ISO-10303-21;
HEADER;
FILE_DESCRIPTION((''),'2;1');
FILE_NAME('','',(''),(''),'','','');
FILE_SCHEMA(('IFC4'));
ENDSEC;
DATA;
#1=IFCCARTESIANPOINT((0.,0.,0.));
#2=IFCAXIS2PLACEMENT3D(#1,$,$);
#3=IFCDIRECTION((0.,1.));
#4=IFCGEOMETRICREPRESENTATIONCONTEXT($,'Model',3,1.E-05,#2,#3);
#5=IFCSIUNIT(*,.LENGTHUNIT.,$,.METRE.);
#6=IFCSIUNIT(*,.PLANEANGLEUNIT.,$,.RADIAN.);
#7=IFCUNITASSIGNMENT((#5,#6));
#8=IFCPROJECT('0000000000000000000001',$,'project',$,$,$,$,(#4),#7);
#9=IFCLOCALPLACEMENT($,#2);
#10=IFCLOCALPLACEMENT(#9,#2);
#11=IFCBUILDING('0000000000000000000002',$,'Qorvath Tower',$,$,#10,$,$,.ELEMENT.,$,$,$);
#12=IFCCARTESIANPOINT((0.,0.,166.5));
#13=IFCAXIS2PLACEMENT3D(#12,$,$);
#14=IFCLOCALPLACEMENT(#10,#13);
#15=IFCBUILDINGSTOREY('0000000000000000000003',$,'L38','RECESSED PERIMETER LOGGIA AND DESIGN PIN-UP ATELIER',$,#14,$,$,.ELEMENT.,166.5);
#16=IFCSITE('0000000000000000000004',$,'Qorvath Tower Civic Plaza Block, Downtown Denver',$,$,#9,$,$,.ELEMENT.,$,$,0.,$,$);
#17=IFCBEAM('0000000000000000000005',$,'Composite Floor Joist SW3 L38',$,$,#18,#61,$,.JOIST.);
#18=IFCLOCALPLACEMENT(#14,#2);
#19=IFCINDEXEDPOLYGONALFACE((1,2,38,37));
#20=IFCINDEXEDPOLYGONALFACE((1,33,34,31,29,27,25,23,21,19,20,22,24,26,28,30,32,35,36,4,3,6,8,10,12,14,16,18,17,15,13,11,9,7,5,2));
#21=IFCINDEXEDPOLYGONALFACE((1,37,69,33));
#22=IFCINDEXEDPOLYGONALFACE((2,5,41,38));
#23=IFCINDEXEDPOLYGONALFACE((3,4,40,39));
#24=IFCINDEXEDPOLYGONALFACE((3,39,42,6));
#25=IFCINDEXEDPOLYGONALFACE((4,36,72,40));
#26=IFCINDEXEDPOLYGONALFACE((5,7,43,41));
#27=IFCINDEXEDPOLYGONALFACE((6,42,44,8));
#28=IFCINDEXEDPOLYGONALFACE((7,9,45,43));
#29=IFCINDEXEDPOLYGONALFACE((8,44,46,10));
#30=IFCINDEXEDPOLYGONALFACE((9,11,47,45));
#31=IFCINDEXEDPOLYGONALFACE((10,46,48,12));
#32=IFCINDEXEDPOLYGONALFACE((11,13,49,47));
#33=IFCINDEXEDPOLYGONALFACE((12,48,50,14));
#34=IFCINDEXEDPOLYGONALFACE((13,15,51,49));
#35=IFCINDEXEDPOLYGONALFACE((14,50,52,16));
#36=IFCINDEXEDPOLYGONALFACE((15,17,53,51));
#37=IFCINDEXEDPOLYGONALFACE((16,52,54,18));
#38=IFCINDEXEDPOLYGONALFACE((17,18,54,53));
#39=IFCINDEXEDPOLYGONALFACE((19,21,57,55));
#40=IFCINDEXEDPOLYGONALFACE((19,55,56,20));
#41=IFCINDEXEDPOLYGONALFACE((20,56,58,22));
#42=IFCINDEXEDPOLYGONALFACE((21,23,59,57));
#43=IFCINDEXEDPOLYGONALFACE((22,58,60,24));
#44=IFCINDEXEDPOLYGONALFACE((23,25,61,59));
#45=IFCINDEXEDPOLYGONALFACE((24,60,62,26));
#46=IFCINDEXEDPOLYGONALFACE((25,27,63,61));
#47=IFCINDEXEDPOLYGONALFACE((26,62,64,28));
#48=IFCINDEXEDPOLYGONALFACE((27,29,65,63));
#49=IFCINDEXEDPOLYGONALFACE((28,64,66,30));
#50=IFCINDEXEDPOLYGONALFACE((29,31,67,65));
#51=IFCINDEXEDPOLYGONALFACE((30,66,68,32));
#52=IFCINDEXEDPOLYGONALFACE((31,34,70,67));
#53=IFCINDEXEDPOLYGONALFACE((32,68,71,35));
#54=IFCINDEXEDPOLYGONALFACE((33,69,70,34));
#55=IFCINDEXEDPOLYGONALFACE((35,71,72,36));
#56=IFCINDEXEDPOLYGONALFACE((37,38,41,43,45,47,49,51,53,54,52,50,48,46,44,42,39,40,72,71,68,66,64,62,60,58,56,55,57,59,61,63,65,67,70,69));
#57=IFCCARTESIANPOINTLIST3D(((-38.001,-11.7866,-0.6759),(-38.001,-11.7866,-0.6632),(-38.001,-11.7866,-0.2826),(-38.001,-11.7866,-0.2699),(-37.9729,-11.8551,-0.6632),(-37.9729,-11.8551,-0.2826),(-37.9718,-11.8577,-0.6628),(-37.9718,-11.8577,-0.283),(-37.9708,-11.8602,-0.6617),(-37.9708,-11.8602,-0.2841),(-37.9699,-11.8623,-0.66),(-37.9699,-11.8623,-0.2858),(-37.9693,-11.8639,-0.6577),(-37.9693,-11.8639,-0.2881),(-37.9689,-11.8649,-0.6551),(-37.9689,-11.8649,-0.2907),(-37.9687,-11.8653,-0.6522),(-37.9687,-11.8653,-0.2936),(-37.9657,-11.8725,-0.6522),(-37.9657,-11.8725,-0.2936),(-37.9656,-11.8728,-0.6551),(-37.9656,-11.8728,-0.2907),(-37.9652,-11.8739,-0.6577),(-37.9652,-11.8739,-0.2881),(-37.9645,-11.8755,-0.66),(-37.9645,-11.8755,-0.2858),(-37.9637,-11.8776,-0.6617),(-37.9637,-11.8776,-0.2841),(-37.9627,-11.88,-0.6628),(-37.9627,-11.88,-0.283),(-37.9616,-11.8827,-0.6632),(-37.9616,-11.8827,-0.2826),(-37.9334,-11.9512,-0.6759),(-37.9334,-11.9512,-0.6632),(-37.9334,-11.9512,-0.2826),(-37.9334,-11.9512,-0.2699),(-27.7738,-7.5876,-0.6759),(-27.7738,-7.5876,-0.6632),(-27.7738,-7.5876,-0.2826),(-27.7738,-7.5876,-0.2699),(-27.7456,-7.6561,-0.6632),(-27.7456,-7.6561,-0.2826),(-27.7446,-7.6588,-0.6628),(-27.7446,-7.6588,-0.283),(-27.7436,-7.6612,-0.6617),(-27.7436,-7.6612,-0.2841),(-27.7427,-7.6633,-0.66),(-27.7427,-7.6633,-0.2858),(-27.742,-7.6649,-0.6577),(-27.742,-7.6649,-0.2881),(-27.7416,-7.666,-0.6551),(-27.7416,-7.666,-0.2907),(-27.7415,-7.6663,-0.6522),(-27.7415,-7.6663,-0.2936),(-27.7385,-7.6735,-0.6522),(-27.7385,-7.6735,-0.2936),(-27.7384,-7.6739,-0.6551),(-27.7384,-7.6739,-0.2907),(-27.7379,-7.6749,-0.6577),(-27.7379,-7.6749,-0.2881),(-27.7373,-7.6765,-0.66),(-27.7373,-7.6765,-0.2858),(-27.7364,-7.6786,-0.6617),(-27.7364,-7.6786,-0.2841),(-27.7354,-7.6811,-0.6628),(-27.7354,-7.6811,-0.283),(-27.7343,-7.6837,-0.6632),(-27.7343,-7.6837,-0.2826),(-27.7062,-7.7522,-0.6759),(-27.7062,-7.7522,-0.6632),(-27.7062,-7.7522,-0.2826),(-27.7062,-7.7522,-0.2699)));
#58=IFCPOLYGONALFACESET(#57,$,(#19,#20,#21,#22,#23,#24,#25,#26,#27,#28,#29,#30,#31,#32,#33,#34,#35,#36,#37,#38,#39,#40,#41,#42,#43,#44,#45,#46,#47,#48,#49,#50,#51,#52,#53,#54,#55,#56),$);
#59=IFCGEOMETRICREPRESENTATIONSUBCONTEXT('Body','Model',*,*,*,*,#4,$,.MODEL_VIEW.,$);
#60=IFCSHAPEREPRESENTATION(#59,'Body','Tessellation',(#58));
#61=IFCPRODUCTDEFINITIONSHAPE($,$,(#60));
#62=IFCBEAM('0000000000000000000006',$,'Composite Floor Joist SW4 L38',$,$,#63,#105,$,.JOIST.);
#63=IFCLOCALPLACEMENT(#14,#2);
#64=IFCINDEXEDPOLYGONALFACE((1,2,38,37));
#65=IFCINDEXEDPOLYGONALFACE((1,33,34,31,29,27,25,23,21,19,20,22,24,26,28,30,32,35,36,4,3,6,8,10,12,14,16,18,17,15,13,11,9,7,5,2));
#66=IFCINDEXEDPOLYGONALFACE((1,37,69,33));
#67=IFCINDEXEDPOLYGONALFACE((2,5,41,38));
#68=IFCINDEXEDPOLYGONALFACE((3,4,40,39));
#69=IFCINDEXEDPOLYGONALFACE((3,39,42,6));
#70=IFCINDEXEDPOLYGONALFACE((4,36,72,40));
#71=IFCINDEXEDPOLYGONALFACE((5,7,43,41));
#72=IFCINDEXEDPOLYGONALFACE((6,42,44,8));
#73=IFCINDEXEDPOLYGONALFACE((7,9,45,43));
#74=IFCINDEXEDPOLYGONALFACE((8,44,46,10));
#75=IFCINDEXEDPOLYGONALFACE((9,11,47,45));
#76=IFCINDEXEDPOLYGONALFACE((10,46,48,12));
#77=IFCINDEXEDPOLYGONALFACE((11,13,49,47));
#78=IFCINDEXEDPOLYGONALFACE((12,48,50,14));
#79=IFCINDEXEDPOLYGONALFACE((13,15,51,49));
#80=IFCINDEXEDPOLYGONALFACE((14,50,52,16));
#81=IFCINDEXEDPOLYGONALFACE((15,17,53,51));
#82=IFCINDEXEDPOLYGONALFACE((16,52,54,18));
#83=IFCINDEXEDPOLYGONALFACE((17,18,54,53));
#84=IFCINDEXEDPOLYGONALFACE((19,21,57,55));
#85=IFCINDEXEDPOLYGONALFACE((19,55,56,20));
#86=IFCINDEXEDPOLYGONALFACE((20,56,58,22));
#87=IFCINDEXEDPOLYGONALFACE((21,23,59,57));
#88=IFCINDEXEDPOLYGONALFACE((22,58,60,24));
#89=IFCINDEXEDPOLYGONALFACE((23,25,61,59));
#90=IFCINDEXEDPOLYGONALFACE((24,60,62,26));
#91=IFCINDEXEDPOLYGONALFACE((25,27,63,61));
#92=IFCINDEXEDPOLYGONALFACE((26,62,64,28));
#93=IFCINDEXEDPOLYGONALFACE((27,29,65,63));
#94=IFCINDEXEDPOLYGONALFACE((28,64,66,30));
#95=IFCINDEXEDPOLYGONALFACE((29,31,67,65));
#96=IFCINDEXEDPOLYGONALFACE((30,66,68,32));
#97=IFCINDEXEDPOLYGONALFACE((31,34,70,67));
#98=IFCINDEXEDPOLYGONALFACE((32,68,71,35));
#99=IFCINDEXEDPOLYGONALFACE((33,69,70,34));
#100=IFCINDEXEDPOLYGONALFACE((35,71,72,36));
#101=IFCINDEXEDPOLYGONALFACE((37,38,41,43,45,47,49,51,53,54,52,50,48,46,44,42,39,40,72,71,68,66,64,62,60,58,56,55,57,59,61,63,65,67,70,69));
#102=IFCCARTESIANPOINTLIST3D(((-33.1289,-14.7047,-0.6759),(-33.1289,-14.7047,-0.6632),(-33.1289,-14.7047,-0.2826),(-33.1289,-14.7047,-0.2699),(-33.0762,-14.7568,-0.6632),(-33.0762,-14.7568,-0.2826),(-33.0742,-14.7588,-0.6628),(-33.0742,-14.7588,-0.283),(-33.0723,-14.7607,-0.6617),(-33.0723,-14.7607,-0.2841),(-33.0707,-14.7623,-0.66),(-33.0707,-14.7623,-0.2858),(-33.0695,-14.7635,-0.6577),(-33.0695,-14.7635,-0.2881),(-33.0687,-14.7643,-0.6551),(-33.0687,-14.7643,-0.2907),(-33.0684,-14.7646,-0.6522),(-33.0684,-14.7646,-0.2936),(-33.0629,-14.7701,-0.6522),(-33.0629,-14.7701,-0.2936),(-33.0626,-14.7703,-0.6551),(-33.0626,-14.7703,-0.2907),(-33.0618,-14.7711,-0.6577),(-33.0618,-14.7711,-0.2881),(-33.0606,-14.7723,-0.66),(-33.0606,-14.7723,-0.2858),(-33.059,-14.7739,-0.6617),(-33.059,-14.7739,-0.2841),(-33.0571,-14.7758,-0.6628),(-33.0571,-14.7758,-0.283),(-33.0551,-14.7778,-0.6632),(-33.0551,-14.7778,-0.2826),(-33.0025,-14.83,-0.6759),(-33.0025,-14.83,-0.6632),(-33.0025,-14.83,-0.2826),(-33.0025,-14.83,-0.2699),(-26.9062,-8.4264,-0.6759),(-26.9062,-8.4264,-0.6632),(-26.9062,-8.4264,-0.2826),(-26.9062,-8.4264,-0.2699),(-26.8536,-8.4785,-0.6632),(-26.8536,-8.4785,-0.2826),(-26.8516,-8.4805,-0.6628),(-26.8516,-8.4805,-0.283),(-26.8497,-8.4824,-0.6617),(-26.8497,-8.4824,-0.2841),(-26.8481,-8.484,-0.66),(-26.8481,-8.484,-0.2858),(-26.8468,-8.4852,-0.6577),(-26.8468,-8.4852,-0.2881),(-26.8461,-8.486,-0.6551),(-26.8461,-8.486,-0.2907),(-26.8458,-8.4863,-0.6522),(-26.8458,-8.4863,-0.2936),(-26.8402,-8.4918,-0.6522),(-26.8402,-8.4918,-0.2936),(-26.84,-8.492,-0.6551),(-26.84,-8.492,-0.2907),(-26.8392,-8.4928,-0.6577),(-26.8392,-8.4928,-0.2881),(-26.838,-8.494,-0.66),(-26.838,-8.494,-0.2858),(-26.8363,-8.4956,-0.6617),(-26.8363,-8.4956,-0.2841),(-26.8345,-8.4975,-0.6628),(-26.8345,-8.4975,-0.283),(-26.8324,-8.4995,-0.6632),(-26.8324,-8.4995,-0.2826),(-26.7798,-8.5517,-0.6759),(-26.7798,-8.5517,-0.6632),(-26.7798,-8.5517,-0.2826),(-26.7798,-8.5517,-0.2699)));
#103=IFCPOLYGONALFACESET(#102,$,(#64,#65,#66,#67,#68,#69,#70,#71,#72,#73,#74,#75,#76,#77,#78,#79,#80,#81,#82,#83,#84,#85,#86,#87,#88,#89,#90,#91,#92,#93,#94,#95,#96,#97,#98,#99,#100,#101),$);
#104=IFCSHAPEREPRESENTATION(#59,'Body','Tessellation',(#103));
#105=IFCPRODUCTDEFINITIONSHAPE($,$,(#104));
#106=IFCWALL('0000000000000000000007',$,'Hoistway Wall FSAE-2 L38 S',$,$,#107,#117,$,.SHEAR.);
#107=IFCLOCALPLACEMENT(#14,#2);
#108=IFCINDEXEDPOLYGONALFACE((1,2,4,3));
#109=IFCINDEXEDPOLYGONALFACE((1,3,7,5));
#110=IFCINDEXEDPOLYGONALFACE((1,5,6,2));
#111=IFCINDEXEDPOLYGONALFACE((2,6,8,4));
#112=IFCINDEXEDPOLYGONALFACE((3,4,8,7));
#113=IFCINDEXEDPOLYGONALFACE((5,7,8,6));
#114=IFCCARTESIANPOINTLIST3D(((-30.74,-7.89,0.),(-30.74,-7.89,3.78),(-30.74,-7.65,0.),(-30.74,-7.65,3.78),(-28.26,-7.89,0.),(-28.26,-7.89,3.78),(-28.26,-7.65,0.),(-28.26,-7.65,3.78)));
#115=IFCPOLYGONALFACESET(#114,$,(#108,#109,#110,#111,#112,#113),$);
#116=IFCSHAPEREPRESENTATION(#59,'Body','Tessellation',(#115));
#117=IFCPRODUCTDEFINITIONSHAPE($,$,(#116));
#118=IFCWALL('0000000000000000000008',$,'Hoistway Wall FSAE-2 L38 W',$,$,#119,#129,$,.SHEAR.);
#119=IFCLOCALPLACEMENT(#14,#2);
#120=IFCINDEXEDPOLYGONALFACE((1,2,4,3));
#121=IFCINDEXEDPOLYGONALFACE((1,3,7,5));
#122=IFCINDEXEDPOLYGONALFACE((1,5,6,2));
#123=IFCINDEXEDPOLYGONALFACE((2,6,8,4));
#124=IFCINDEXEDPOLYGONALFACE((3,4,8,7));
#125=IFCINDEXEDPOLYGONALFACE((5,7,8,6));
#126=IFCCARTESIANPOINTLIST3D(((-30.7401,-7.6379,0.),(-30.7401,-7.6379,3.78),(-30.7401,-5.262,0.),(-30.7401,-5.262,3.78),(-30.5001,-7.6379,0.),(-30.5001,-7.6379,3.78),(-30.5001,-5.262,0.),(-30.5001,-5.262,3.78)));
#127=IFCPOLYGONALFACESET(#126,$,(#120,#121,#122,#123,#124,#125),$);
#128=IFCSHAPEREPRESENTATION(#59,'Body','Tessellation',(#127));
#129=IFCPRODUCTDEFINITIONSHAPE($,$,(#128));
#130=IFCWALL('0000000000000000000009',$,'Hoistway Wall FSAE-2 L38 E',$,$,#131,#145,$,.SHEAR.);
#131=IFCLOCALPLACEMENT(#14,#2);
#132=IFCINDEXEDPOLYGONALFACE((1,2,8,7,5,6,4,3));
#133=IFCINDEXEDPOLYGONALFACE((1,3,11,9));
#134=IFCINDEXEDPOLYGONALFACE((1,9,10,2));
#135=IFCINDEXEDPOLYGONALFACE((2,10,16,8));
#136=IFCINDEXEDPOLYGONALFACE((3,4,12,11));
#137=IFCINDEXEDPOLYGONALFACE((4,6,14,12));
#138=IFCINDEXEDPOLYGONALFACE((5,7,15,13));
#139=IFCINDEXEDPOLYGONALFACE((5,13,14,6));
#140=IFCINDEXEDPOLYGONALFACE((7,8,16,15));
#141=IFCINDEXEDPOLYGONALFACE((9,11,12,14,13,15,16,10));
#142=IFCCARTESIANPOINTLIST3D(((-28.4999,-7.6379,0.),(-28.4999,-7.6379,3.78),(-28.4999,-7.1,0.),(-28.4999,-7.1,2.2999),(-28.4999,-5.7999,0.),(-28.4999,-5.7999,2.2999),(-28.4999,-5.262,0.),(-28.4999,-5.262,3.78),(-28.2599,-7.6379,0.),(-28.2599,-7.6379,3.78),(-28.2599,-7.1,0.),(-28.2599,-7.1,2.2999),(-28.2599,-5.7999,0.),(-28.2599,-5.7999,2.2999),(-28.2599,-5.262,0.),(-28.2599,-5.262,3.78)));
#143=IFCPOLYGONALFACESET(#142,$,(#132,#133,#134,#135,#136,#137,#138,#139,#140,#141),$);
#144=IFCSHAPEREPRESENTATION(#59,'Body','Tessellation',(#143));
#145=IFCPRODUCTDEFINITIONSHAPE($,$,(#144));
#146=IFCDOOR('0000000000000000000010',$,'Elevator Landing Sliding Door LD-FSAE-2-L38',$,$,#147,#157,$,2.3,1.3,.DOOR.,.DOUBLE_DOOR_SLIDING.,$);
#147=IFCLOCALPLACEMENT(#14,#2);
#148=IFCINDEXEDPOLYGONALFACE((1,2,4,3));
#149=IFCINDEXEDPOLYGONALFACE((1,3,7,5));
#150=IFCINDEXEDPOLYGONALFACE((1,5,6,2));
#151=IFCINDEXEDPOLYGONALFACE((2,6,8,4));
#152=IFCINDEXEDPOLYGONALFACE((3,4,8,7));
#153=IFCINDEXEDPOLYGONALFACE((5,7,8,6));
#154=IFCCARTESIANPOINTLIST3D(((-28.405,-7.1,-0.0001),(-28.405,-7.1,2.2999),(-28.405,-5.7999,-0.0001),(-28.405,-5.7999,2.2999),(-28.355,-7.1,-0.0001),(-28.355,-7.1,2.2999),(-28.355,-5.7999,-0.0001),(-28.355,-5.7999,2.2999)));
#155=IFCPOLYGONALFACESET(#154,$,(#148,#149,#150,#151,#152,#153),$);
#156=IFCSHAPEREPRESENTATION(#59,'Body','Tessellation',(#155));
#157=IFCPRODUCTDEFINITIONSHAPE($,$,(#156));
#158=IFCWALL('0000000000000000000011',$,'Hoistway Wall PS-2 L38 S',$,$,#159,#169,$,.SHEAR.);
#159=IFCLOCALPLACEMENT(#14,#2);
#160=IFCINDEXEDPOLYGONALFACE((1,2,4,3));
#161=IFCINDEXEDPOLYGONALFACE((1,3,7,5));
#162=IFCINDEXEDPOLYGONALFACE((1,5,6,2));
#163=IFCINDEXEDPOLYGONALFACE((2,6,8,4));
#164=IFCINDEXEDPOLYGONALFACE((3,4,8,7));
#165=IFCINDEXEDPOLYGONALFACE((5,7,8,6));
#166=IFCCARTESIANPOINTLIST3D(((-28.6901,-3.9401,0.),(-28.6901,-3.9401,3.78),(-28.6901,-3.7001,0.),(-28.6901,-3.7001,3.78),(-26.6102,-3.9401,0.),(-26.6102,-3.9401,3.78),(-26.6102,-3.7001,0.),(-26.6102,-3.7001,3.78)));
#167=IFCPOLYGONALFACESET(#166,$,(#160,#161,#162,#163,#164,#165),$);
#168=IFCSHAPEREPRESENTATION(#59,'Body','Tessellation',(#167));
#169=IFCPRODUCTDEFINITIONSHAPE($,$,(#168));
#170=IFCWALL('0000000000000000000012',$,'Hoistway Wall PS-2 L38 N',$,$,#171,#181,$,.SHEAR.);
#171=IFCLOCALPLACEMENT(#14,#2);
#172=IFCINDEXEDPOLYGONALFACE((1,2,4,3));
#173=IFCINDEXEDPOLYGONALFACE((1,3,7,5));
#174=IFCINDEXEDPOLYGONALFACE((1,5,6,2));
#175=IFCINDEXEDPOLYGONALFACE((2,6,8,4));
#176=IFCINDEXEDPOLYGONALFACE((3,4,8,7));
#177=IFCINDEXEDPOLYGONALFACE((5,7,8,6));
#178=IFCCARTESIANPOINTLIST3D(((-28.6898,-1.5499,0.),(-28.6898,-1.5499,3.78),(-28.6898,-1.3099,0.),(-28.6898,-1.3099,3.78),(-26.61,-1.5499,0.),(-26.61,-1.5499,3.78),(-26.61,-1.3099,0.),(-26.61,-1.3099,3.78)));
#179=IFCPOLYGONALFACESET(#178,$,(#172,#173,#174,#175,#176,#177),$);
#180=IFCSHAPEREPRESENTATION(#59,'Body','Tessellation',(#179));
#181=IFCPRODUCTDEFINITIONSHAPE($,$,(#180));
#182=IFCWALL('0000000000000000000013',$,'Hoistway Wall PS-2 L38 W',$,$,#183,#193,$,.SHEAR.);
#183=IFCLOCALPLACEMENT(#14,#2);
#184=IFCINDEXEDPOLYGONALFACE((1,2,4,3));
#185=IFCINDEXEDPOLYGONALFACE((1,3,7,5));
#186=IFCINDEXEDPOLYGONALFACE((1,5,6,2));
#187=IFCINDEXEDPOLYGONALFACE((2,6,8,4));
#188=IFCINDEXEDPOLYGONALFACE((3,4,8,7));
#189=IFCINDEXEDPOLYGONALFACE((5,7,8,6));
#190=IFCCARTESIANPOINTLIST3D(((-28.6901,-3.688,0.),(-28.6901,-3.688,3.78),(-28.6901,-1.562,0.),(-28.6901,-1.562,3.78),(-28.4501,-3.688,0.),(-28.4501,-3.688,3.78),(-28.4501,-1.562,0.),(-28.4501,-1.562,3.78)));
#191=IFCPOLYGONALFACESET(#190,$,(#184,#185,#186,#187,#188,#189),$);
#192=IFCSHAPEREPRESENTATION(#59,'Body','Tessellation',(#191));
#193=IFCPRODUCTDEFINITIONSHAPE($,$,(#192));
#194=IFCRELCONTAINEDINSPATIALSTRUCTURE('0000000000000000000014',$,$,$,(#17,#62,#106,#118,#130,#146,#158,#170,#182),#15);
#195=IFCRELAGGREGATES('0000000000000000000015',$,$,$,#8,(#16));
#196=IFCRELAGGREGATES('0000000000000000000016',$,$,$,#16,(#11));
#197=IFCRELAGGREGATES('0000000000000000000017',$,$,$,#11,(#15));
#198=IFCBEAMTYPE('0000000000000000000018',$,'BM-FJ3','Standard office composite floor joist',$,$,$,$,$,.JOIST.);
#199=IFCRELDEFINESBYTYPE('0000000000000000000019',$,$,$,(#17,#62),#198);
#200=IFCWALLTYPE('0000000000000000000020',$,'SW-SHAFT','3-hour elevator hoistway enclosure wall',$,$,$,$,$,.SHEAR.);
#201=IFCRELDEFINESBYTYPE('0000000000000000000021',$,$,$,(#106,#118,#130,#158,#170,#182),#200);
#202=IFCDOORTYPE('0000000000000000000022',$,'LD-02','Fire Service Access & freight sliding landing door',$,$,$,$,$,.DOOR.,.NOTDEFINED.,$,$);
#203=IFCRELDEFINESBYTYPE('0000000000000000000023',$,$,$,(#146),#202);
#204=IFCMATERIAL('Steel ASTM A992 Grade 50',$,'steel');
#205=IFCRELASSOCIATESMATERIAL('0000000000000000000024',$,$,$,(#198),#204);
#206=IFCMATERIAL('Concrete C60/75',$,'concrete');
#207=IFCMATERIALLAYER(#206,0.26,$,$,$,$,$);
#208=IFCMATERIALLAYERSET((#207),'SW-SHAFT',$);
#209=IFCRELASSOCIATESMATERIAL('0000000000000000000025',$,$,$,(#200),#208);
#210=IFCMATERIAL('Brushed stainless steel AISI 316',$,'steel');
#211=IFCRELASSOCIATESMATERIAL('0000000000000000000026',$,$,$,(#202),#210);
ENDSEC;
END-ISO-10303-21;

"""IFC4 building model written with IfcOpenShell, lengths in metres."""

from ifc_helpers import new_model, si_unit, direction, frame, frame_2d, origin, origin_2d, place, context, subcontext, project, spatial, rectangle, i_section, extrude, material, layer, layer_set, material_profile, profile_set, type_object, element, fill, save


model = new_model("IFC4")

# Units and contexts
model_context = context("Model", 3, precision=1e-05, world=origin(), true_north=direction((0.0, 1.0)))
body_context = subcontext(model_context, "Body", "Model", "MODEL_VIEW")
ifc_project = project(units=[si_unit("LENGTHUNIT", "METRE"), si_unit("PLANEANGLEUNIT", "RADIAN")], contexts=[model_context])

# Site, building, storey
site_placement = place(None, origin())
site = spatial("IfcSite", under=ifc_project, at=site_placement, Name="Qorvath Tower Civic Plaza Block, Downtown Denver", CompositionType="ELEMENT", RefElevation=0.0)
building_placement = place(site_placement, origin())
building = spatial("IfcBuilding", under=site, at=building_placement, Name="Qorvath Tower", CompositionType="ELEMENT")
storey_placement = place(building_placement, frame((0.0, 0.0, 166.5)))
storey = spatial("IfcBuildingStorey", under=building, at=storey_placement, Name="L38", Description="RECESSED PERIMETER LOGGIA AND DESIGN PIN-UP ATELIER", CompositionType="ELEMENT", Elevation=166.5)

# Beams
ifc_material_1 = material(Name="Steel ASTM A992 Grade 50", Category="steel")
ifc_material_profile_1 = material_profile(ifc_material_1, i_section(OverallWidth=0.178, OverallDepth=0.406, WebThickness=0.0078, FlangeThickness=0.0127, FilletRadius=0.011, at=origin_2d()), Name="W16x40")
ifc_profile_set_1 = profile_set([ifc_material_profile_1], Name="Steel ASTM A992 Grade 50")
beam_type_1 = type_object("IfcBeamType", Name="BM-FJ3", Description="Standard office composite floor joist", PredefinedType="JOIST", material=ifc_profile_set_1)
beam_1_placement = place(storey_placement, frame((-27.74, -7.6699, -0.4729), z_axis=(-0.925068, -0.379801, 0.0), x_axis=(0.379801, -0.925068, 0.0)))
element("IfcBeam", 1, at=beam_1_placement, inside=storey, type_object=beam_type_1, Name="Composite Floor Joist SW3 L38", PredefinedType="JOIST", context=body_context, shape_type="SweptSolid", body=[
    extrude(i_section(OverallWidth=0.178, OverallDepth=0.406, WebThickness=0.0078, FlangeThickness=0.0127, FilletRadius=0.011, at=origin_2d()), origin(), (0.0, 0.0, 1.0), 11.0557),
])
beam_2_placement = place(storey_placement, frame((-26.843, -8.489, -0.4729), z_axis=(-0.703951, -0.710248, 0.0), x_axis=(0.710248, -0.703951, 0.0)))
element("IfcBeam", 2, at=beam_2_placement, inside=storey, type_object=beam_type_1, Name="Composite Floor Joist SW4 L38", PredefinedType="JOIST", context=body_context, shape_type="SweptSolid", body=[
    extrude(i_section(OverallWidth=0.178, OverallDepth=0.406, WebThickness=0.0078, FlangeThickness=0.0127, FilletRadius=0.011, at=origin_2d()), origin(), (0.0, 0.0, 1.0), 8.8396),
])

# Walls
ifc_material_2 = material(Name="Concrete C60/75", Category="concrete")
ifc_layer_1 = layer(ifc_material_2, 0.26)
ifc_layer_set_1 = layer_set([ifc_layer_1], Name="SW-SHAFT")
wall_type_1 = type_object("IfcWallType", Name="SW-SHAFT", Description="3-hour elevator hoistway enclosure wall", PredefinedType="SHEAR", material=ifc_layer_set_1)
wall_1_placement = place(storey_placement, frame((-28.26, -7.77, 0.0), z_axis=(0.0, 0.0, 1.0), x_axis=(-1.0, 0.0, 0.0)))
element("IfcWall", 3, at=wall_1_placement, inside=storey, type_object=wall_type_1, Name="Hoistway Wall FSAE-2 L38 S", PredefinedType="SHEAR", context=body_context, shape_type="SweptSolid", body=[
    extrude(rectangle(XDim=2.48, YDim=0.24, at=frame_2d((1.24, 0.0))), origin(), (0.0, 0.0, 1.0), 3.78),
])
wall_2_placement = place(storey_placement, frame((-30.6201, -7.6379, 0.0), z_axis=(0.0, 0.0, 1.0), x_axis=(0.0, 1.0, 0.0)))
element("IfcWall", 4, at=wall_2_placement, inside=storey, type_object=wall_type_1, Name="Hoistway Wall FSAE-2 L38 W", PredefinedType="SHEAR", context=body_context, shape_type="SweptSolid", body=[
    extrude(rectangle(XDim=2.376, YDim=0.24, at=frame_2d((1.188, 0.0))), origin(), (0.0, 0.0, 1.0), 3.78),
])

# Wall, opening, door
wall_3_placement = place(storey_placement, frame((-28.3799, -5.262, 0.0), z_axis=(0.0, 0.0, 1.0), x_axis=(0.0, -1.0, 0.0)))
wall_3 = element("IfcWall", 5, at=wall_3_placement, inside=storey, type_object=wall_type_1, Name="Hoistway Wall FSAE-2 L38 E", PredefinedType="SHEAR", context=body_context, shape_type="SweptSolid", body=[
    extrude(rectangle(XDim=2.376, YDim=0.24, at=frame_2d((1.188, 0.0))), origin(), (0.0, 0.0, 1.0), 3.78),
])
opening_1_placement = place(wall_3_placement, frame((0.5381, 0.0, 0.0)))
opening_1 = element("IfcOpeningElement", 6, at=opening_1_placement, cuts=wall_3, PredefinedType="OPENING", context=body_context, shape_type="SweptSolid", body=[
    extrude(rectangle(XDim=1.3, YDim=2.3, at=frame_2d((0.6499, 1.1499))), frame((0.0, 0.1299, 0.0), z_axis=(0.0, -1.0, 0.0), x_axis=(1.0, 0.0, 0.0)), (0.0, 0.0, 1.0), 0.26),
])
ifc_material_3 = material(Name="Brushed stainless steel AISI 316", Category="steel")
door_type_1 = type_object("IfcDoorType", Name="LD-02", Description="Fire Service Access & freight sliding landing door", OperationType="NOTDEFINED", PredefinedType="DOOR", material=ifc_material_3)
door_1_placement = place(opening_1_placement, origin())
door_1 = element("IfcDoor", 7, at=door_1_placement, inside=storey, type_object=door_type_1, Name="Elevator Landing Sliding Door LD-FSAE-2-L38", OperationType="DOUBLE_DOOR_SLIDING", OverallHeight=2.3, OverallWidth=1.3, PredefinedType="DOOR", context=body_context, shape_type="SweptSolid", body=[
    extrude(rectangle(XDim=1.3, YDim=2.3, at=frame_2d((0.6499, 1.1499))), frame((0.0, 0.0249, 0.0), z_axis=(0.0, -1.0, 0.0), x_axis=(1.0, 0.0, 0.0)), (0.0, 0.0, 1.0), 0.05),
])
fill(opening_1, door_1)

# Walls
for number, where, z_axis, x_axis, name in (
    (8, (-26.6101, -3.8201, 0.0), (0.0, 0.0, 1.0), (-1.0, 0.0, 0.0), "Hoistway Wall PS-2 L38 S"),
    (9, (-28.6899, -1.4299, 0.0), (0.0, 0.0, 1.0), (1.0, 0.0, 0.0), "Hoistway Wall PS-2 L38 N"),
):
    element("IfcWall", number, at=place(storey_placement, frame(where, z_axis=z_axis, x_axis=x_axis)), inside=storey, type_object=wall_type_1, Name=name, PredefinedType="SHEAR", context=body_context, shape_type="SweptSolid", body=[
        extrude(rectangle(XDim=2.0798, YDim=0.24, at=frame_2d((1.04, 0.0))), origin(), (0.0, 0.0, 1.0), 3.78),
    ])
for number, where, z_axis, x_axis, name in (
    (10, (-28.5701, -3.688, 0.0), (0.0, 0.0, 1.0), (0.0, 1.0, 0.0), "Hoistway Wall PS-2 L38 W"),
):
    element("IfcWall", number, at=place(storey_placement, frame(where, z_axis=z_axis, x_axis=x_axis)), inside=storey, type_object=wall_type_1, Name=name, PredefinedType="SHEAR", context=body_context, shape_type="SweptSolid", body=[
        extrude(rectangle(XDim=2.126, YDim=0.24, at=frame_2d((1.063, 0.0))), origin(), (0.0, 0.0, 1.0), 3.78),
    ])

save(model, "model.ifc")
